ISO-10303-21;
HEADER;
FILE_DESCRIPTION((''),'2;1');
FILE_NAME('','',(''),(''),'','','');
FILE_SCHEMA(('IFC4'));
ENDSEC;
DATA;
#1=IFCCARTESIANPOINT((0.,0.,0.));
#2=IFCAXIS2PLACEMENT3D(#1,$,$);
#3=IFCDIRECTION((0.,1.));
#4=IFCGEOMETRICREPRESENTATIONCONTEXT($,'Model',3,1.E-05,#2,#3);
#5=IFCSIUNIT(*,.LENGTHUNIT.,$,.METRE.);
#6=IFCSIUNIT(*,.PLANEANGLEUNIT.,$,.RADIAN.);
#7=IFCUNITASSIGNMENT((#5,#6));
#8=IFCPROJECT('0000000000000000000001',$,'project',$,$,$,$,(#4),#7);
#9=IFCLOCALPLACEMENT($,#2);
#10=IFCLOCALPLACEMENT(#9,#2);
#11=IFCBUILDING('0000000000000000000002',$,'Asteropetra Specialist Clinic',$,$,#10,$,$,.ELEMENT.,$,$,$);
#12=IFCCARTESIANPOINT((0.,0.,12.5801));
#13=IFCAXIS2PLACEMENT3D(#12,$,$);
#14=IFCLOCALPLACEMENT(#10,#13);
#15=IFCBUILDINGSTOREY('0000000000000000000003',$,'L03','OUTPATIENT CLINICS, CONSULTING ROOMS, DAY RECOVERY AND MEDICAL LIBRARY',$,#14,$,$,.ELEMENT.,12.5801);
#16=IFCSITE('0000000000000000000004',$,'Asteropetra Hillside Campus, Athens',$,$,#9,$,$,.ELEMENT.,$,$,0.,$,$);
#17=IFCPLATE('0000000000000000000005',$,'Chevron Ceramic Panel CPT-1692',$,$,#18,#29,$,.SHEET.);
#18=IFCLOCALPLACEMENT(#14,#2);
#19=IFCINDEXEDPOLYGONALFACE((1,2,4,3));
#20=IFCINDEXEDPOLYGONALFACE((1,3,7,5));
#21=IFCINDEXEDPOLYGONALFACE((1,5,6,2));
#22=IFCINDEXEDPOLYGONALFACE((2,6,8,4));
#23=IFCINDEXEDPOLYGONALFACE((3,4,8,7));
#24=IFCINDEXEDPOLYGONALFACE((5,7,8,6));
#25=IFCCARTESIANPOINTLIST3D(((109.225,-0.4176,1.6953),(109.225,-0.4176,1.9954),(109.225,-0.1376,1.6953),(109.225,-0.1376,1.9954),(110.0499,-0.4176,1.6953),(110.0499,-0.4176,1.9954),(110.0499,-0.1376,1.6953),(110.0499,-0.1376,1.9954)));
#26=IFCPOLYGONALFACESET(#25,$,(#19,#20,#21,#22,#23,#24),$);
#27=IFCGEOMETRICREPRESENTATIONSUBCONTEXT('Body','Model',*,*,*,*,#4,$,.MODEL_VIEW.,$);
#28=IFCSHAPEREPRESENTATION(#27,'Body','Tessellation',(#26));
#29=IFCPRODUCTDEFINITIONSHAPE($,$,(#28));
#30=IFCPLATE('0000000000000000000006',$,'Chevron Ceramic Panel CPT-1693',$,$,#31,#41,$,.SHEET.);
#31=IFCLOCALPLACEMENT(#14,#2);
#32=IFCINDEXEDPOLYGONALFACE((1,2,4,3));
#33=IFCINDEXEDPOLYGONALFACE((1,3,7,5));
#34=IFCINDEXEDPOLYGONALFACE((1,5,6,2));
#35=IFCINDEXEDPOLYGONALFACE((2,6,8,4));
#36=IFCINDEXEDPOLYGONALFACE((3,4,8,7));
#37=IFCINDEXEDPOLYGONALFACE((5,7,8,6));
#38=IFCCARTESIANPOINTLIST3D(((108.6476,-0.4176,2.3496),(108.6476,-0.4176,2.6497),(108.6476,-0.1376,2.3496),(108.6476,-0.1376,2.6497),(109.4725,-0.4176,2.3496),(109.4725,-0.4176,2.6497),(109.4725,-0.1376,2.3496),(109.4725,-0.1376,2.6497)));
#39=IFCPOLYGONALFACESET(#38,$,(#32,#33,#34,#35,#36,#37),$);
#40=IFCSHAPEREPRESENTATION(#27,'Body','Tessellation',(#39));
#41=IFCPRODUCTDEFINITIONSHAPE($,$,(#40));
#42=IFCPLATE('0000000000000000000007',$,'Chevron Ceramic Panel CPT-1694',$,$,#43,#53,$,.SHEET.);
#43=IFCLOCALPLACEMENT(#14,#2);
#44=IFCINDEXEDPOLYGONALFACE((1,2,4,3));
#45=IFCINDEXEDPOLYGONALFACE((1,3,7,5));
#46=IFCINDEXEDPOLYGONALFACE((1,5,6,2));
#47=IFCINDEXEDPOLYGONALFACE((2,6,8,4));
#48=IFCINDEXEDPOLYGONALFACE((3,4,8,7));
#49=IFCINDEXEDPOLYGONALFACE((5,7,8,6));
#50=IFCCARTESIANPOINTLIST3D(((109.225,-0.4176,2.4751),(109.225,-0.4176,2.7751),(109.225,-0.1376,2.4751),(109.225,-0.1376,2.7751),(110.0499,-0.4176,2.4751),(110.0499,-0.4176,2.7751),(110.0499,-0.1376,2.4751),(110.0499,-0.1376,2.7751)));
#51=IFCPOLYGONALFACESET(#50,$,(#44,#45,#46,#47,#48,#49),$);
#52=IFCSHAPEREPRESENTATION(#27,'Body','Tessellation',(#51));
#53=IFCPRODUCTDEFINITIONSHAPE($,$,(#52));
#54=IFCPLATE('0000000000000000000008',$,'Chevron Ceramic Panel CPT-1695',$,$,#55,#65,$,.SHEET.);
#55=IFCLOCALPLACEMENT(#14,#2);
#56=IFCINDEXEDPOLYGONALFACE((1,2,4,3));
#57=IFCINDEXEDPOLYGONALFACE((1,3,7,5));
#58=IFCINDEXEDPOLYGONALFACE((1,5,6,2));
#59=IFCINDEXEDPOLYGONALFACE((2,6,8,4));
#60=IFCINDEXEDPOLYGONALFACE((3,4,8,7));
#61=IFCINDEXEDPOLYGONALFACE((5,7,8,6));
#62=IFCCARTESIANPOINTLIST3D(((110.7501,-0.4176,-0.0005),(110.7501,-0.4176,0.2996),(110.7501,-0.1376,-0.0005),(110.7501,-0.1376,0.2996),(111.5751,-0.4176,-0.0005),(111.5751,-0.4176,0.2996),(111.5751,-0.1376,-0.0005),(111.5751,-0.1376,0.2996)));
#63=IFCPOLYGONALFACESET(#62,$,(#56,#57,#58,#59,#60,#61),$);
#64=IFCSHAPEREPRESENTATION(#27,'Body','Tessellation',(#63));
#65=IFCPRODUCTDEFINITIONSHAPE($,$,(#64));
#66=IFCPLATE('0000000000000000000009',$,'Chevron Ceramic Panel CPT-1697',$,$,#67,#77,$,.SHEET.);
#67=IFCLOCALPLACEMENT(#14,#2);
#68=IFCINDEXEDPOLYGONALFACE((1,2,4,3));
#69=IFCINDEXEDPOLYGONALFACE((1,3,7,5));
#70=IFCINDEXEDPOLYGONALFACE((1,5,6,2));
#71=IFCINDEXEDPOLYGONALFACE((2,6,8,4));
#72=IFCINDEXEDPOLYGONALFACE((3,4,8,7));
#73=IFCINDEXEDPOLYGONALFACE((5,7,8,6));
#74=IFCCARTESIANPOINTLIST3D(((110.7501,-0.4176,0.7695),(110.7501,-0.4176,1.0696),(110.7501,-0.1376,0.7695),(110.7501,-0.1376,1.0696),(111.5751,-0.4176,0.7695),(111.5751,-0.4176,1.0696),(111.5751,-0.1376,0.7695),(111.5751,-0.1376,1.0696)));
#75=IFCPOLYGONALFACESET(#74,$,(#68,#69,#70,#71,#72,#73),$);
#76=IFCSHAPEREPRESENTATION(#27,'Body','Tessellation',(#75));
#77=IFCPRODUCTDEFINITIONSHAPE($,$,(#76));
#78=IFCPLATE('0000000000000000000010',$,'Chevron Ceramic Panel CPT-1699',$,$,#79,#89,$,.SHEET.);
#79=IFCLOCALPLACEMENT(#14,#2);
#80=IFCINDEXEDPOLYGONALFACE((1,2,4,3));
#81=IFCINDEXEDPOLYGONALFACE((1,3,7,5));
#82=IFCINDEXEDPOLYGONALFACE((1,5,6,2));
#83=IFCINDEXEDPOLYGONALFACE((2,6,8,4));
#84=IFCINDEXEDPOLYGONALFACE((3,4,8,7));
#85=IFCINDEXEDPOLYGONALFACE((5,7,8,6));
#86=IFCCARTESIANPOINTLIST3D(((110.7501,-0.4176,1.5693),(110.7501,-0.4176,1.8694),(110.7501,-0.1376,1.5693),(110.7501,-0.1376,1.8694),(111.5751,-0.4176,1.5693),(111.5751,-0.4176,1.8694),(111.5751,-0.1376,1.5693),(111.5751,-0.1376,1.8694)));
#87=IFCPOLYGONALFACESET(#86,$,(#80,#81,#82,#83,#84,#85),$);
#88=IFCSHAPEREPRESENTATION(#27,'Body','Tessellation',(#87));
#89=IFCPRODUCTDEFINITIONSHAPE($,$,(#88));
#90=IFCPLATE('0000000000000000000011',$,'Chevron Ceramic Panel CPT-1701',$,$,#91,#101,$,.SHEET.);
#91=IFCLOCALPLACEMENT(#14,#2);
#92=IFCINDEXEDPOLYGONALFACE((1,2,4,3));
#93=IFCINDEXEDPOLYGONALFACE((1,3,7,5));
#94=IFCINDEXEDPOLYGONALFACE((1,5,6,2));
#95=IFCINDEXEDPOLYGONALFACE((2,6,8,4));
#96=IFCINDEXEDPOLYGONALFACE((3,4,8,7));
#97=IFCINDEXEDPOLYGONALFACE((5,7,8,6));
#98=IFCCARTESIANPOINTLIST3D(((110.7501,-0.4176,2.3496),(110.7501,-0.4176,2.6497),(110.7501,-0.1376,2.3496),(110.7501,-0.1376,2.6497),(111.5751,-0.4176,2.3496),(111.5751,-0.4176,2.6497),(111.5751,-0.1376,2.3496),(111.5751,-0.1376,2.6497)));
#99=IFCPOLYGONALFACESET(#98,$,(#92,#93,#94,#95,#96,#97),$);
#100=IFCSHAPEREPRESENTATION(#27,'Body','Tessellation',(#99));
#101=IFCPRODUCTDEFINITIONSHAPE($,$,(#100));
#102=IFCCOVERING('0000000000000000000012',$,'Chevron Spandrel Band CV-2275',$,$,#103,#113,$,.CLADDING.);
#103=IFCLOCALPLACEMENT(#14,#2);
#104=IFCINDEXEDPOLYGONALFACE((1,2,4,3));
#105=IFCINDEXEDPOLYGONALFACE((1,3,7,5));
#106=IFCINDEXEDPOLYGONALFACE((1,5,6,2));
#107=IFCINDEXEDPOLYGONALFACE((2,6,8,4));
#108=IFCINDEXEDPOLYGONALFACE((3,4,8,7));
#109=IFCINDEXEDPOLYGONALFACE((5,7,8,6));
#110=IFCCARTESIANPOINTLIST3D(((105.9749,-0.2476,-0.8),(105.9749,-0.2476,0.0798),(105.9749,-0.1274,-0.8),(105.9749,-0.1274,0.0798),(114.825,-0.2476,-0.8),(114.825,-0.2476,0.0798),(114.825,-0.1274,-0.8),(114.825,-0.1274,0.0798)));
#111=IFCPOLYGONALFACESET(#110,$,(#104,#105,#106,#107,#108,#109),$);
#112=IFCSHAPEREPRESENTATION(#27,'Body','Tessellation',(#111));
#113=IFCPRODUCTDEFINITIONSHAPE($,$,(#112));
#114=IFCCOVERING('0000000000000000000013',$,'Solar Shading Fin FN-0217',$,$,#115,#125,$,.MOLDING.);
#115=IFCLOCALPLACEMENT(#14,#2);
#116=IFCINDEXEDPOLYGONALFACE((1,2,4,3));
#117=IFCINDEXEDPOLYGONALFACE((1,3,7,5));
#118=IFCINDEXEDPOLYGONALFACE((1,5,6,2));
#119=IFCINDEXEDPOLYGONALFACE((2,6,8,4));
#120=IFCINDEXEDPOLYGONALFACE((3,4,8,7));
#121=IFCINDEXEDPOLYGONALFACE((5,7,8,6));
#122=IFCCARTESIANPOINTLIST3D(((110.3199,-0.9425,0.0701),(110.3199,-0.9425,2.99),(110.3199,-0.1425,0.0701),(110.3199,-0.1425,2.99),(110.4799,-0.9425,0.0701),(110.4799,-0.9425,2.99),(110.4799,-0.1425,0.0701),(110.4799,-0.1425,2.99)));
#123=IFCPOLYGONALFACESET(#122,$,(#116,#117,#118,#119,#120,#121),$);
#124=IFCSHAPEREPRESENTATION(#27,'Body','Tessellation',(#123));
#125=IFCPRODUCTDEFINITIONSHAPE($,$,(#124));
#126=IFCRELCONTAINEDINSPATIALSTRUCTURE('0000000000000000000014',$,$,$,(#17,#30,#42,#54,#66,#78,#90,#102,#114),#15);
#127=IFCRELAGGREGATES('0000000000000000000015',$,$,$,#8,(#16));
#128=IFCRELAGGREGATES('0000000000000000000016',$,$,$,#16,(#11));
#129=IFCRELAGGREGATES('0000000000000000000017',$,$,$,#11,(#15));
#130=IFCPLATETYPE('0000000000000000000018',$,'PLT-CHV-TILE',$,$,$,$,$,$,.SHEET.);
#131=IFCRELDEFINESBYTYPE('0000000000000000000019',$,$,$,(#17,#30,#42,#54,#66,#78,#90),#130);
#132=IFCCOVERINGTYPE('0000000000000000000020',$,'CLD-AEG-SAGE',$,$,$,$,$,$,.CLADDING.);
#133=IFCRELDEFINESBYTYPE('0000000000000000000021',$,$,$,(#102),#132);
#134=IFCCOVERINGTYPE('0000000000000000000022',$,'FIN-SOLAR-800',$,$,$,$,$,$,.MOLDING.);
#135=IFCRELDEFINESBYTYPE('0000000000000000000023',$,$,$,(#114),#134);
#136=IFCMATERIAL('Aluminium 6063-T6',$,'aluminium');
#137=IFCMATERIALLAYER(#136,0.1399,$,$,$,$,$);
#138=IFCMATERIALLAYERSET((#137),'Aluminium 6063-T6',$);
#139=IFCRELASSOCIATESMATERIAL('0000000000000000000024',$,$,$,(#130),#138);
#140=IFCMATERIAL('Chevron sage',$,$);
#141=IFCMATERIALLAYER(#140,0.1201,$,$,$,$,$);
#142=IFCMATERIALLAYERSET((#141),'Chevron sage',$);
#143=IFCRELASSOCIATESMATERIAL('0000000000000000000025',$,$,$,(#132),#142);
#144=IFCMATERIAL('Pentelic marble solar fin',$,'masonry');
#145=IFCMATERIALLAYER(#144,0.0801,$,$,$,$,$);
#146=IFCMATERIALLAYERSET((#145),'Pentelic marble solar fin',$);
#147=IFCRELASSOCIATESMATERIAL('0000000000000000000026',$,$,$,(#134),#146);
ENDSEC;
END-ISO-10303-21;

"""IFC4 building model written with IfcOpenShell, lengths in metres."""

from ifc_helpers import new_model, si_unit, direction, frame, origin, origin_2d, place, context, subcontext, project, spatial, rectangle, extrude, material, layer, layer_set, type_object, element, save


model = new_model("IFC4")

# Units and contexts
model_context = context("Model", 3, precision=1e-05, world=origin(), true_north=direction((0.0, 1.0)))
body_context = subcontext(model_context, "Body", "Model", "MODEL_VIEW")
ifc_project = project(units=[si_unit("LENGTHUNIT", "METRE"), si_unit("PLANEANGLEUNIT", "RADIAN")], contexts=[model_context])

# Site, building, storey
site_placement = place(None, origin())
site = spatial("IfcSite", under=ifc_project, at=site_placement, Name="Asteropetra Hillside Campus, Athens", CompositionType="ELEMENT", RefElevation=0.0)
building_placement = place(site_placement, origin())
building = spatial("IfcBuilding", under=site, at=building_placement, Name="Asteropetra Specialist Clinic", CompositionType="ELEMENT")
storey_placement = place(building_placement, frame((0.0, 0.0, 12.5801)))
storey = spatial("IfcBuildingStorey", under=building, at=storey_placement, Name="L03", Description="OUTPATIENT CLINICS, CONSULTING ROOMS, DAY RECOVERY AND MEDICAL LIBRARY", CompositionType="ELEMENT", Elevation=12.5801)

# Plates
ifc_material_1 = material(Name="Aluminium 6063-T6", Category="aluminium")
ifc_layer_1 = layer(ifc_material_1, 0.1399)
ifc_layer_set_1 = layer_set([ifc_layer_1], Name="Aluminium 6063-T6")
plate_type_1 = type_object("IfcPlateType", Name="PLT-CHV-TILE", PredefinedType="SHEET", material=ifc_layer_set_1)
for number, where, z_axis, x_axis, name in (
    (1, (109.6375, -0.2776, 1.6953), (0.0, 0.0, 1.0), (1.0, 0.0, 0.0), "Chevron Ceramic Panel CPT-1692"),
    (2, (109.0601, -0.2776, 2.3496), (0.0, 0.0, 1.0), (1.0, 0.0, 0.0), "Chevron Ceramic Panel CPT-1693"),
    (3, (109.6375, -0.2776, 2.4751), (0.0, 0.0, 1.0), (1.0, 0.0, 0.0), "Chevron Ceramic Panel CPT-1694"),
    (4, (111.1626, -0.2776, -0.0005), (0.0, 0.0, 1.0), (1.0, 0.0, 0.0), "Chevron Ceramic Panel CPT-1695"),
    (5, (111.1626, -0.2776, 0.7695), (0.0, 0.0, 1.0), (1.0, 0.0, 0.0), "Chevron Ceramic Panel CPT-1697"),
    (6, (111.1626, -0.2776, 1.5693), (0.0, 0.0, 1.0), (1.0, 0.0, 0.0), "Chevron Ceramic Panel CPT-1699"),
    (7, (111.1626, -0.2776, 2.3496), (0.0, 0.0, 1.0), (1.0, 0.0, 0.0), "Chevron Ceramic Panel CPT-1701"),
):
    element("IfcPlate", number, at=place(storey_placement, frame(where, z_axis=z_axis, x_axis=x_axis)), inside=storey, type_object=plate_type_1, Name=name, PredefinedType="SHEET", context=body_context, shape_type="SweptSolid", body=[
        extrude(rectangle(XDim=0.825, YDim=0.28, at=origin_2d()), origin(), (0.0, 0.0, 1.0), 0.3),
    ])

# Coverings
ifc_material_2 = material(Name="Chevron sage")
ifc_layer_2 = layer(ifc_material_2, 0.1201)
ifc_layer_set_2 = layer_set([ifc_layer_2], Name="Chevron sage")
covering_type_1 = type_object("IfcCoveringType", Name="CLD-AEG-SAGE", PredefinedType="CLADDING", material=ifc_layer_set_2)
covering_1_placement = place(storey_placement, frame((110.3999, -0.1875, -0.8), z_axis=(0.0, 0.0, 1.0), x_axis=(1.0, 0.0, 0.0)))
element("IfcCovering", 8, at=covering_1_placement, inside=storey, type_object=covering_type_1, Name="Chevron Spandrel Band CV-2275", PredefinedType="CLADDING", context=body_context, shape_type="SweptSolid", body=[
    extrude(rectangle(XDim=8.8501, YDim=0.1201, at=origin_2d()), origin(), (0.0, 0.0, 1.0), 0.8799),
])
ifc_material_3 = material(Name="Pentelic marble solar fin", Category="masonry")
ifc_layer_3 = layer(ifc_material_3, 0.0801)
ifc_layer_set_3 = layer_set([ifc_layer_3], Name="Pentelic marble solar fin")
covering_type_2 = type_object("IfcCoveringType", Name="FIN-SOLAR-800", PredefinedType="MOLDING", material=ifc_layer_set_3)
covering_2_placement = place(storey_placement, frame((110.3999, -0.5425, 0.0701), z_axis=(0.0, 0.0, 1.0), x_axis=(1.0, 0.0, 0.0)))
element("IfcCovering", 9, at=covering_2_placement, inside=storey, type_object=covering_type_2, Name="Solar Shading Fin FN-0217", PredefinedType="MOLDING", context=body_context, shape_type="SweptSolid", body=[
    extrude(rectangle(XDim=0.1599, YDim=0.8, at=origin_2d()), origin(), (0.0, 0.0, 1.0), 2.9199),
])

save(model, "model.ifc")
